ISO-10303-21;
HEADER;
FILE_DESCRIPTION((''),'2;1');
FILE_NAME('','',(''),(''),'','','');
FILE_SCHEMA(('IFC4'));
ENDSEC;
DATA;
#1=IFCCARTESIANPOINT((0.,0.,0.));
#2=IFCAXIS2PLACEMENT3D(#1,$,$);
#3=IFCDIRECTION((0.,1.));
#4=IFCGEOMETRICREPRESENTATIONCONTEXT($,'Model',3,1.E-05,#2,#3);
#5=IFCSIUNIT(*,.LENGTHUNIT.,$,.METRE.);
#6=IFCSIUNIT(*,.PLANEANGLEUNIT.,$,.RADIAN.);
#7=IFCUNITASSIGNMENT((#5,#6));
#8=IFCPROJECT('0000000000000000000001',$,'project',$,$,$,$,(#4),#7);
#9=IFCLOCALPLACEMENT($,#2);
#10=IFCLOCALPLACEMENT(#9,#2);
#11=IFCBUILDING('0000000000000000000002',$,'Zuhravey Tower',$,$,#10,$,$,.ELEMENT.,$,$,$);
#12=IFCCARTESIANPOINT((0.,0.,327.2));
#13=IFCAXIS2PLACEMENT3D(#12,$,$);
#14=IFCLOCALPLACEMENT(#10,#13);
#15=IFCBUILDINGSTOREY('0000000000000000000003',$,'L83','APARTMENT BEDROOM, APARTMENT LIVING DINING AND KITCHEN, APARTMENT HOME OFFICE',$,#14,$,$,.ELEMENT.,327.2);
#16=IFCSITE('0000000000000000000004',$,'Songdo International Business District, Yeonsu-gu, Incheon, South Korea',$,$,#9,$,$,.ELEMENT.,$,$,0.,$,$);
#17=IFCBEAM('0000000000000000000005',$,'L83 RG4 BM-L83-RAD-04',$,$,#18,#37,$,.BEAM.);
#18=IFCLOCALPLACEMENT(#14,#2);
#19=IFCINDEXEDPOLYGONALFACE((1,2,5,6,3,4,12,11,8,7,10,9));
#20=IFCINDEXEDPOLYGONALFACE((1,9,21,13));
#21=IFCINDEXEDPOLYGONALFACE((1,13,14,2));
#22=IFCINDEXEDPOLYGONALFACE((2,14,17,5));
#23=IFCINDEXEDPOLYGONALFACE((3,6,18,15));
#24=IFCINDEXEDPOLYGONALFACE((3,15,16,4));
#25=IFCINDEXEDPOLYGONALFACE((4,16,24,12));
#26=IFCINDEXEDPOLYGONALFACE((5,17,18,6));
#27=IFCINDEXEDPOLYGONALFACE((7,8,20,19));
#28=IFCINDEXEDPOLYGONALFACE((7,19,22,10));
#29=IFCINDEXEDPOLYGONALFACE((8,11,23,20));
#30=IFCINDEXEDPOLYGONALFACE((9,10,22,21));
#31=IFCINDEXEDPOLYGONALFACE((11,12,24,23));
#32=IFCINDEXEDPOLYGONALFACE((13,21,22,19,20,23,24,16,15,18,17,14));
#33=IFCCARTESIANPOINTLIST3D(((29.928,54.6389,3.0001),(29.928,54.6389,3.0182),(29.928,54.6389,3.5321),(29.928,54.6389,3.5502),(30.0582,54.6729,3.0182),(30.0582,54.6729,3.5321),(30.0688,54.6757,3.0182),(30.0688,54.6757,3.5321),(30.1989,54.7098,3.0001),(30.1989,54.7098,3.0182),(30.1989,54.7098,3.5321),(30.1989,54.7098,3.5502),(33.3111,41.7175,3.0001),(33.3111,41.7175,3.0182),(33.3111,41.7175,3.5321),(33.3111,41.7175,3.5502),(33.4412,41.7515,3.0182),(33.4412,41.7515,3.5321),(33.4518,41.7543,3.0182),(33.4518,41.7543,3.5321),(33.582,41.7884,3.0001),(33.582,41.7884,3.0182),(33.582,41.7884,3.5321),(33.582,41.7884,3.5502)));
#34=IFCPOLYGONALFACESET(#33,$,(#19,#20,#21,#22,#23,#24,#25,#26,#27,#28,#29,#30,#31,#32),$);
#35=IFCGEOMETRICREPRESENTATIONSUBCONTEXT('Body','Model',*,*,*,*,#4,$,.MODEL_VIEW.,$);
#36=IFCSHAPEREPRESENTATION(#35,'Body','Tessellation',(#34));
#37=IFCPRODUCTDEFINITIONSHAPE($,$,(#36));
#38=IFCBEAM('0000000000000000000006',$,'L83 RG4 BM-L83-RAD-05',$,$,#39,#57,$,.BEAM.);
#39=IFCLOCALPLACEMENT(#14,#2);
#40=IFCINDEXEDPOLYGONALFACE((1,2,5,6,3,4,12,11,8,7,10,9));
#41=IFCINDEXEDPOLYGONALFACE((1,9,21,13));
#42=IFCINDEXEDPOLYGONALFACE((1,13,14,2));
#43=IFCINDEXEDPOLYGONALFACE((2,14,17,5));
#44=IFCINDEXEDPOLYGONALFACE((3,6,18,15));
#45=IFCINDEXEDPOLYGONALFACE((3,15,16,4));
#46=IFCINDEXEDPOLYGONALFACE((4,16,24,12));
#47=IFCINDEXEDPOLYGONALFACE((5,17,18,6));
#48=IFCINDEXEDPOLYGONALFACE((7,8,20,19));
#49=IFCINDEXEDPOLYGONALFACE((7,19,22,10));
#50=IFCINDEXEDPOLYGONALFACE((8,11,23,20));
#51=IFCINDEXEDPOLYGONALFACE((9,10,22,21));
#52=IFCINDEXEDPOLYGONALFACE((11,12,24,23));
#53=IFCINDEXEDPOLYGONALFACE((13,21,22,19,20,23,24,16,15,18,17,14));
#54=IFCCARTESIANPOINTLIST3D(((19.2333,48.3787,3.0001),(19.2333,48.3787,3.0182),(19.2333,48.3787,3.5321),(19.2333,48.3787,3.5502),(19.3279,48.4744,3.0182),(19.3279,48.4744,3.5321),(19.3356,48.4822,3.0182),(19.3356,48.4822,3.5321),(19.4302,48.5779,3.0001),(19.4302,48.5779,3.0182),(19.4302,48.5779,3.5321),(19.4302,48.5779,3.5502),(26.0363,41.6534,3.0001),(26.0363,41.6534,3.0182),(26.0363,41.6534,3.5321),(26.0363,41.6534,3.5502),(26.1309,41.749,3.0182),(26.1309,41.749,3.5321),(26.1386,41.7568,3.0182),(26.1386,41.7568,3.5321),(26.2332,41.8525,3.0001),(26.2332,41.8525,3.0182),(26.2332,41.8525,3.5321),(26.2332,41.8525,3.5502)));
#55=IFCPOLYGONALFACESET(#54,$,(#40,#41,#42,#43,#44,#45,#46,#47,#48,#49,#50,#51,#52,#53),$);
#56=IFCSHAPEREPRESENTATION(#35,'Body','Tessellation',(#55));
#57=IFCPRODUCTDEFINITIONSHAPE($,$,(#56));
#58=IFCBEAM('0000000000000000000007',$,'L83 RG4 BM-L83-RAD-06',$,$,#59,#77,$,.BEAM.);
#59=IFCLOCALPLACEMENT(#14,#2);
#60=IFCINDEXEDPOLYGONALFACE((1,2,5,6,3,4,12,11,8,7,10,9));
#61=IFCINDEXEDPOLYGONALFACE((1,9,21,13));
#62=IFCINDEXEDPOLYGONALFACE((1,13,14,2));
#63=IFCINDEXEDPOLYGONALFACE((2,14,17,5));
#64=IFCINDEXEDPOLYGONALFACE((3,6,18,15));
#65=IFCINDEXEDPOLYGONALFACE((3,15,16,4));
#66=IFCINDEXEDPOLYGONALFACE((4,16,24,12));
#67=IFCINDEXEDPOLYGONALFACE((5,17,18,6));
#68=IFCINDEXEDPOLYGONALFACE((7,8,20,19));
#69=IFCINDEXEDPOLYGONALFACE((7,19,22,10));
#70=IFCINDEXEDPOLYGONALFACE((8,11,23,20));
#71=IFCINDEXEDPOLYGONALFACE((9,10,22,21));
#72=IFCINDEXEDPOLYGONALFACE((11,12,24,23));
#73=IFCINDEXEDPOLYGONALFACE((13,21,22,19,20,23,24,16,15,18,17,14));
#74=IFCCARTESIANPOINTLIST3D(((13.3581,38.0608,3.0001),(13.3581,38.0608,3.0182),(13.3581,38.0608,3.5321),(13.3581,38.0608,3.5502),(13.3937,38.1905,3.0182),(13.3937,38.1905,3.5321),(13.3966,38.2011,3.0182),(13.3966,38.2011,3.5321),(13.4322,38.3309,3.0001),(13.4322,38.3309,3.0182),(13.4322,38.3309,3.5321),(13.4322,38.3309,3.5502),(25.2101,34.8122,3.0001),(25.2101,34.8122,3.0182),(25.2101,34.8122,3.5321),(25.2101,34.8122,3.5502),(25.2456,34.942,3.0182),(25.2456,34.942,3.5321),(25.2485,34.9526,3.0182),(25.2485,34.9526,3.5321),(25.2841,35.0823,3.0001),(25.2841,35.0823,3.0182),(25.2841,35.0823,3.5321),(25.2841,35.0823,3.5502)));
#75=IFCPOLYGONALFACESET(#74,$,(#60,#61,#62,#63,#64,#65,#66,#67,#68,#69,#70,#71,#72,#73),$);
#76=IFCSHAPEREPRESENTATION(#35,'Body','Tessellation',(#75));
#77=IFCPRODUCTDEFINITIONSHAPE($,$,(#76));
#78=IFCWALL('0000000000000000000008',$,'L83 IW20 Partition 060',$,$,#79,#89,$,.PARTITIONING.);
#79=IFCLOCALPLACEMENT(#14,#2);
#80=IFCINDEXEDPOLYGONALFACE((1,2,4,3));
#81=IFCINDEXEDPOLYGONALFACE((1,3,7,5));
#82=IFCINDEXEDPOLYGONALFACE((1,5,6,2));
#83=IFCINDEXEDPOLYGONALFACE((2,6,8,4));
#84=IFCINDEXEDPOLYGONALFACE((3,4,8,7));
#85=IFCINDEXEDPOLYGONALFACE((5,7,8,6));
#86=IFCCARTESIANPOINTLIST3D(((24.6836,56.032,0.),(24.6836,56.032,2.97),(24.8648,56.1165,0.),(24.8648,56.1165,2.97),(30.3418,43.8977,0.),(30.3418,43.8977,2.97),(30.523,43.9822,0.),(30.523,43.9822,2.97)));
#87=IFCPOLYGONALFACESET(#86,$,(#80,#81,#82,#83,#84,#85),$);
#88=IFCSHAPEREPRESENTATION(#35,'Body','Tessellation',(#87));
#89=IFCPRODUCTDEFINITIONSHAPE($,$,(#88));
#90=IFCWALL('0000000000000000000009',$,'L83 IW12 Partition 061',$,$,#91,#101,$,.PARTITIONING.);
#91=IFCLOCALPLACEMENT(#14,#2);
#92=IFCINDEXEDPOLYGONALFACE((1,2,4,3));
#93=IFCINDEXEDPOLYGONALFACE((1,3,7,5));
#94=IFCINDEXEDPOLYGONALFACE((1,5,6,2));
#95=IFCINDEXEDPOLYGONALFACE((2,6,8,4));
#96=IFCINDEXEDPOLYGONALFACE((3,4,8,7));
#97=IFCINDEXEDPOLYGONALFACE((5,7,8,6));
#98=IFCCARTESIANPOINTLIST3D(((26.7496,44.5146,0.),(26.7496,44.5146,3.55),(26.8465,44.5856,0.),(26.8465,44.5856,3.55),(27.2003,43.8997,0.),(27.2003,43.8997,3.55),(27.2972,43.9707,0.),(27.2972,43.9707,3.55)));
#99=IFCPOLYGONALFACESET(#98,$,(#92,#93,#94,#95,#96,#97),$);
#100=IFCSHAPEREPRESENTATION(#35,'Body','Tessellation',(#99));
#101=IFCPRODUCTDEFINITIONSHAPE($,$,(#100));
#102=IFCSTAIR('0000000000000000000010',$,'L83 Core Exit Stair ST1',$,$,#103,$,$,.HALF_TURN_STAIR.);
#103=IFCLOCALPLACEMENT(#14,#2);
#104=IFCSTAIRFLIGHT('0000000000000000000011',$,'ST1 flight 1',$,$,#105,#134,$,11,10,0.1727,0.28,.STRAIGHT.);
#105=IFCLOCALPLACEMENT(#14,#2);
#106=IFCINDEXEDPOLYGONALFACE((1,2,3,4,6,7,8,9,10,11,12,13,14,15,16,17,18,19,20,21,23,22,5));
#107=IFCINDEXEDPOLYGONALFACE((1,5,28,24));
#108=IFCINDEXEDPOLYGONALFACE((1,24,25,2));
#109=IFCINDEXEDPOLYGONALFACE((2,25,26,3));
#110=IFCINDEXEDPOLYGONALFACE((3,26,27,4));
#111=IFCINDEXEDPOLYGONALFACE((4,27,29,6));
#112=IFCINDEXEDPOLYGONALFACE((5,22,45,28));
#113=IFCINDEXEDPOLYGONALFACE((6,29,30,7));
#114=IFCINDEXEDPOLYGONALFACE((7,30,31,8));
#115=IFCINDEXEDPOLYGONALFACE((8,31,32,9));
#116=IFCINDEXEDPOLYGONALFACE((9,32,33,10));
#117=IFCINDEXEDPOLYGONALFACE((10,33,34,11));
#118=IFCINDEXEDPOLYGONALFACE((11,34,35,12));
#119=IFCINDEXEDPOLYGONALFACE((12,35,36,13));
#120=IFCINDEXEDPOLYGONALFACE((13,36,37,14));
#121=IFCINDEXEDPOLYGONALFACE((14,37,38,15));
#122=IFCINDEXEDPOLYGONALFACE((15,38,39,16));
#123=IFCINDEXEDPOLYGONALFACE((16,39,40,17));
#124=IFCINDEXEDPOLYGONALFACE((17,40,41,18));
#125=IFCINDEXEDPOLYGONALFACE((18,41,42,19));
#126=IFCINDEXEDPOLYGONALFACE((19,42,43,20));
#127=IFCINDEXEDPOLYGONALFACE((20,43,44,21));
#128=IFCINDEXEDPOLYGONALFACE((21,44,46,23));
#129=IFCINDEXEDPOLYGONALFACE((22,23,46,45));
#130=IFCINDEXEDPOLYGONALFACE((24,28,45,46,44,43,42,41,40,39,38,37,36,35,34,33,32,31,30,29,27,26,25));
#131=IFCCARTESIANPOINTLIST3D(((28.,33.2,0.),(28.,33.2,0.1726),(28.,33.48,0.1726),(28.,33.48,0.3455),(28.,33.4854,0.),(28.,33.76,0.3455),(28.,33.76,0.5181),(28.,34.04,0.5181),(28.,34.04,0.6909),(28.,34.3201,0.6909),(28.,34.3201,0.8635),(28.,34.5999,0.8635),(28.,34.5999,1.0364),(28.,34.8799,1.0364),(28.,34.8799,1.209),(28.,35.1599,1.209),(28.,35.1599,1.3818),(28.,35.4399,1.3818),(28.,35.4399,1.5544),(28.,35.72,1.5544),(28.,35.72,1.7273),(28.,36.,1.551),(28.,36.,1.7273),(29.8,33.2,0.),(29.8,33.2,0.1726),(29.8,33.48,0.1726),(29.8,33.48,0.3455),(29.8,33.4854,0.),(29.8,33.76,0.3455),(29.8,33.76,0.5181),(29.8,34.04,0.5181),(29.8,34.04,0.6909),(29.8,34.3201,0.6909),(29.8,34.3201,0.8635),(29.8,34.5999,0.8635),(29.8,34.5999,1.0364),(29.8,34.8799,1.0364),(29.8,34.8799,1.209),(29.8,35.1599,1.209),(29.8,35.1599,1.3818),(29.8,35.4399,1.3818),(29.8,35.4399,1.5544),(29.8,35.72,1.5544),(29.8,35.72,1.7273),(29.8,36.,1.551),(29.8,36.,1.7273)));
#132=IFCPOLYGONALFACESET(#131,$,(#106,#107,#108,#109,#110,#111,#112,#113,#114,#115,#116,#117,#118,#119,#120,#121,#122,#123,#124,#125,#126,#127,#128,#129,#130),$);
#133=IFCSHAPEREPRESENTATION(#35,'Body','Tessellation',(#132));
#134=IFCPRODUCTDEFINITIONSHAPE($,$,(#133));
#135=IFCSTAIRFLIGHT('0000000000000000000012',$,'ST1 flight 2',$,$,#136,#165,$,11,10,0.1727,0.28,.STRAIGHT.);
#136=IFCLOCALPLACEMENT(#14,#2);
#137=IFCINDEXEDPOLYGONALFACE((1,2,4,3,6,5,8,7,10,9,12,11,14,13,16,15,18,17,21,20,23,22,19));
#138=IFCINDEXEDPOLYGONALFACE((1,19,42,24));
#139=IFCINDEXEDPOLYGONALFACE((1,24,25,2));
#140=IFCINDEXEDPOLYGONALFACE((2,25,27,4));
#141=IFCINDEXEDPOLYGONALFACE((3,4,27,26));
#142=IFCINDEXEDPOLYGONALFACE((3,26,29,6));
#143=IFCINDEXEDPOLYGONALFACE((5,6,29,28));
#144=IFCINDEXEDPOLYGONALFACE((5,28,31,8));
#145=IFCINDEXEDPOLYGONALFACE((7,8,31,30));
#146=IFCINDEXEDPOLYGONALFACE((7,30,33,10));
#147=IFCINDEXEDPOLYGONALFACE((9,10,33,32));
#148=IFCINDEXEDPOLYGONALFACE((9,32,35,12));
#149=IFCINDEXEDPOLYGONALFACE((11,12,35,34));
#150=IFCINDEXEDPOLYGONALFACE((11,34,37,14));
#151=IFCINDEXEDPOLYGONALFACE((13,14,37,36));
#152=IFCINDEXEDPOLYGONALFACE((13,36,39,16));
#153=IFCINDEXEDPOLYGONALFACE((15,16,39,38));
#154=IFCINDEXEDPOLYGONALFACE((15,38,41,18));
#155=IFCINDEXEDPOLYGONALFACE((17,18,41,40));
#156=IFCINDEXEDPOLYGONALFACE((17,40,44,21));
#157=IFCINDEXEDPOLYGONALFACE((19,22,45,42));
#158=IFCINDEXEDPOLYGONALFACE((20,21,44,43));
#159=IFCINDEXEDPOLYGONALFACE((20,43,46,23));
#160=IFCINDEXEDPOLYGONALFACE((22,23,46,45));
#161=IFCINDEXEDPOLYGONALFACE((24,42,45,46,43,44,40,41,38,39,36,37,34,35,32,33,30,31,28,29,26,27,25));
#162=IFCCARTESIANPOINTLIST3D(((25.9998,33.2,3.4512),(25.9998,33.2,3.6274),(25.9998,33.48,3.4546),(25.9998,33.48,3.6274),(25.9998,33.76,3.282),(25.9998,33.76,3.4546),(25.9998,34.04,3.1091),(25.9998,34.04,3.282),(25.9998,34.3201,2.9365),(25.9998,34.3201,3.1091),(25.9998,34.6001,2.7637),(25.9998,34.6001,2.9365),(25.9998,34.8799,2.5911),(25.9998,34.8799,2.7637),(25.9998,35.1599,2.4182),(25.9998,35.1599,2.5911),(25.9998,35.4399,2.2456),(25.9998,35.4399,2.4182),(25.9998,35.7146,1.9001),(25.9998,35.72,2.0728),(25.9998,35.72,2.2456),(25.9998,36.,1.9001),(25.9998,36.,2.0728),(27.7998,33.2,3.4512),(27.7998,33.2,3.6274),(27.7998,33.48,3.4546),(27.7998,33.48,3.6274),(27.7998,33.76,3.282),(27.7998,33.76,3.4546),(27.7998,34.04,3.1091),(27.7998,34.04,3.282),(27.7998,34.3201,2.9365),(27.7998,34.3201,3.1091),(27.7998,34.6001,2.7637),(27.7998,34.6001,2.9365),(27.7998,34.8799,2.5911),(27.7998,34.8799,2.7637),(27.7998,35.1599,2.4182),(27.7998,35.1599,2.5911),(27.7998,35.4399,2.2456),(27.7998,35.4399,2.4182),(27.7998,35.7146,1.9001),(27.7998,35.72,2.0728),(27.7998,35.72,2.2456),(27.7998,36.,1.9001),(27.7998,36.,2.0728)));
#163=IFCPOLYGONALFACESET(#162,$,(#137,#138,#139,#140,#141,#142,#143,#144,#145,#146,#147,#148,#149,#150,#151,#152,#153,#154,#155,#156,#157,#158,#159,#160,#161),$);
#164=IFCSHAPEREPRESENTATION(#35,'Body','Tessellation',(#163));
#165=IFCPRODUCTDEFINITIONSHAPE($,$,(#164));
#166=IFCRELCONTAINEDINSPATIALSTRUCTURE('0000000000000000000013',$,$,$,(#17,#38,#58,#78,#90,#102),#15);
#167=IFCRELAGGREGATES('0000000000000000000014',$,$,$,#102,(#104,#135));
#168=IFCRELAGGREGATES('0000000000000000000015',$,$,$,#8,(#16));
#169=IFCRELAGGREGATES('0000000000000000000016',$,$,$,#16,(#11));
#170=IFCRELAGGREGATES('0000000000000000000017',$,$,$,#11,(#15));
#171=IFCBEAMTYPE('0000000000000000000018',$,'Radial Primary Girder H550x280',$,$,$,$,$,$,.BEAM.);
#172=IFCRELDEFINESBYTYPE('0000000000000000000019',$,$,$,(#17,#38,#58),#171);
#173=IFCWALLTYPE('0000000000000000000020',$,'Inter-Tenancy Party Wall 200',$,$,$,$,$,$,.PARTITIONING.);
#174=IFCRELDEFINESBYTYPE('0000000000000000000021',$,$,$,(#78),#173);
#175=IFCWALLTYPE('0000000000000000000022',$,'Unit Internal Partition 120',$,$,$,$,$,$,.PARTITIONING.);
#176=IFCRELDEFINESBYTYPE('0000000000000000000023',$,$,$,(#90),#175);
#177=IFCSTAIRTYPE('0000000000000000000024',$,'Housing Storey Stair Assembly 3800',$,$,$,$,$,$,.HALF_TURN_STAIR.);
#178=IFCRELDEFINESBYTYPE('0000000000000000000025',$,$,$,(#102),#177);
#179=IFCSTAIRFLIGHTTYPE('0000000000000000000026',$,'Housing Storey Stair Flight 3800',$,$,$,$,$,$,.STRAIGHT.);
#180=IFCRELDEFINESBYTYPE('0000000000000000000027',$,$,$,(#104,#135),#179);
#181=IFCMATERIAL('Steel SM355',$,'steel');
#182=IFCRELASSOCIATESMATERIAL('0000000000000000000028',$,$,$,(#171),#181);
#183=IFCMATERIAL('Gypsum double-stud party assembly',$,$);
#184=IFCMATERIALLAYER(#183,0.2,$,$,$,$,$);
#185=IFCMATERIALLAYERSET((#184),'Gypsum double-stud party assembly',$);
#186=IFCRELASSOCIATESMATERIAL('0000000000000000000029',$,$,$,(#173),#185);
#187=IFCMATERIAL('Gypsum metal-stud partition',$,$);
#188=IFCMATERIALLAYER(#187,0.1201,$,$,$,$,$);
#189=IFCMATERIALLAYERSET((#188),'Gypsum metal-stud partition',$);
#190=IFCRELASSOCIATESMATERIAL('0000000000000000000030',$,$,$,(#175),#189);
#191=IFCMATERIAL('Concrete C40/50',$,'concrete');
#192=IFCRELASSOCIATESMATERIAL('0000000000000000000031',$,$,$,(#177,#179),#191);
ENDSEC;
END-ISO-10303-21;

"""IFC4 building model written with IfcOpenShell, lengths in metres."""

from ifc_helpers import new_model, si_unit, direction, frame, frame_2d, origin, origin_2d, place, context, subcontext, project, spatial, polyline, rectangle, i_section, outline, extrude, material, layer, layer_set, material_profile, profile_set, type_object, element, aggregate, save


model = new_model("IFC4")

# Units and contexts
model_context = context("Model", 3, precision=1e-05, world=origin(), true_north=direction((0.0, 1.0)))
body_context = subcontext(model_context, "Body", "Model", "MODEL_VIEW")
ifc_project = project(units=[si_unit("LENGTHUNIT", "METRE"), si_unit("PLANEANGLEUNIT", "RADIAN")], contexts=[model_context])

# Site, building, storey
site_placement = place(None, origin())
site = spatial("IfcSite", under=ifc_project, at=site_placement, Name="Songdo International Business District, Yeonsu-gu, Incheon, South Korea", CompositionType="ELEMENT", RefElevation=0.0)
building_placement = place(site_placement, origin())
building = spatial("IfcBuilding", under=site, at=building_placement, Name="Zuhravey Tower", CompositionType="ELEMENT")
storey_placement = place(building_placement, frame((0.0, 0.0, 327.2)))
storey = spatial("IfcBuildingStorey", under=building, at=storey_placement, Name="L83", Description="APARTMENT BEDROOM, APARTMENT LIVING DINING AND KITCHEN, APARTMENT HOME OFFICE", CompositionType="ELEMENT", Elevation=327.2)

# Beams
ifc_material_1 = material(Name="Steel SM355", Category="steel")
ifc_material_profile = material_profile(ifc_material_1, i_section(OverallWidth=0.28, OverallDepth=0.55, WebThickness=0.011, FlangeThickness=0.0181, at=origin_2d()), Name="H-550x280x11x18")
ifc_profile_set = profile_set([ifc_material_profile], Name="Steel SM355")
beam_type = type_object("IfcBeamType", Name="Radial Primary Girder H550x280", PredefinedType="BEAM", material=ifc_profile_set)
beam_1_placement = place(storey_placement, frame((33.4465, 41.7529, 3.2751), z_axis=(-0.253281, 0.967393, 0.0), x_axis=(-0.967393, -0.253281, 0.0)))
element("IfcBeam", 1, at=beam_1_placement, inside=storey, type_object=beam_type, Name="L83 RG4 BM-L83-RAD-04", PredefinedType="BEAM", context=body_context, shape_type="SweptSolid", body=[
    extrude(i_section(OverallWidth=0.28, OverallDepth=0.55, WebThickness=0.011, FlangeThickness=0.0181, at=origin_2d()), origin(), (0.0, 0.0, 1.0), 13.3569),
])
beam_2_placement = place(storey_placement, frame((26.1348, 41.7529, 3.2751), z_axis=(-0.711153, 0.703037, 0.0), x_axis=(-0.703037, -0.711153, 0.0)))
element("IfcBeam", 2, at=beam_2_placement, inside=storey, type_object=beam_type, Name="L83 RG4 BM-L83-RAD-05", PredefinedType="BEAM", context=body_context, shape_type="SweptSolid", body=[
    extrude(i_section(OverallWidth=0.28, OverallDepth=0.55, WebThickness=0.011, FlangeThickness=0.0181, at=origin_2d()), origin(), (0.0, 0.0, 1.0), 9.5662),
])
beam_3_placement = place(storey_placement, frame((25.2471, 34.9473, 3.2751), z_axis=(-0.964428, 0.264346, 0.0), x_axis=(-0.264346, -0.964428, 0.0)))
element("IfcBeam", 3, at=beam_3_placement, inside=storey, type_object=beam_type, Name="L83 RG4 BM-L83-RAD-06", PredefinedType="BEAM", context=body_context, shape_type="SweptSolid", body=[
    extrude(i_section(OverallWidth=0.28, OverallDepth=0.55, WebThickness=0.011, FlangeThickness=0.0181, at=origin_2d()), origin(), (0.0, 0.0, 1.0), 12.2891),
])

# Walls
ifc_material_2 = material(Name="Gypsum double-stud party assembly")
ifc_layer_1 = layer(ifc_material_2, 0.2)
ifc_layer_set_1 = layer_set([ifc_layer_1], Name="Gypsum double-stud party assembly")
wall_type_1 = type_object("IfcWallType", Name="Inter-Tenancy Party Wall 200", PredefinedType="PARTITIONING", material=ifc_layer_set_1)
wall_1_placement = place(storey_placement, frame((30.4324, 43.9399, 0.0), z_axis=(0.0, 0.0, 1.0), x_axis=(-0.422612, 0.906311, 0.0)))
element("IfcWall", 4, at=wall_1_placement, inside=storey, type_object=wall_type_1, Name="L83 IW20 Partition 060", PredefinedType="PARTITIONING", context=body_context, shape_type="SweptSolid", body=[
    extrude(rectangle(XDim=13.3887, YDim=0.2, at=frame_2d((6.6943, 0.0))), origin(), (0.0, 0.0, 1.0), 2.97),
])
ifc_material_3 = material(Name="Gypsum metal-stud partition")
ifc_layer_2 = layer(ifc_material_3, 0.1201)
ifc_layer_set_2 = layer_set([ifc_layer_2], Name="Gypsum metal-stud partition")
wall_type_2 = type_object("IfcWallType", Name="Unit Internal Partition 120", PredefinedType="PARTITIONING", material=ifc_layer_set_2)
wall_2_placement = place(storey_placement, frame((27.2488, 43.9351, 0.0), z_axis=(0.0, 0.0, 1.0), x_axis=(-0.5911, 0.806598, 0.0)))
element("IfcWall", 5, at=wall_2_placement, inside=storey, type_object=wall_type_2, Name="L83 IW12 Partition 061", PredefinedType="PARTITIONING", context=body_context, shape_type="SweptSolid", body=[
    extrude(rectangle(XDim=0.7625, YDim=0.1201, at=frame_2d((0.3813, 0.0))), origin(), (0.0, 0.0, 1.0), 3.55),
])

# Stair, stair flights
ifc_material_4 = material(Name="Concrete C40/50", Category="concrete")
stair_type = type_object("IfcStairType", Name="Housing Storey Stair Assembly 3800", PredefinedType="HALF_TURN_STAIR", material=ifc_material_4)
stair_1_placement = place(storey_placement, origin())
stair_1 = element("IfcStair", 6, at=stair_1_placement, inside=storey, type_object=stair_type, Name="L83 Core Exit Stair ST1", PredefinedType="HALF_TURN_STAIR")
stair_flight_type = type_object("IfcStairFlightType", Name="Housing Storey Stair Flight 3800", PredefinedType="STRAIGHT", material=ifc_material_4)
stair_flight_1_placement = place(storey_placement, frame((28.8999, 33.2, 0.0), z_axis=(0.0, 0.0, 1.0), x_axis=(0.0, 1.0, 0.0)))
stair_flight_1 = element("IfcStairFlight", 7, at=stair_flight_1_placement, type_object=stair_flight_type, Name="ST1 flight 1", NumberOfRisers=11, NumberOfTreads=10, PredefinedType="STRAIGHT", RiserHeight=0.1727, TreadLength=0.28, context=body_context, shape_type="SweptSolid", body=[
    extrude(outline(polyline([(0.0, 0.0), (0.0, 0.1726), (0.28, 0.1726), (0.28, 0.3455), (0.5601, 0.3455), (0.5601, 0.5181), (0.8401, 0.5181), (0.8401, 0.6909), (1.1201, 0.6909), (1.1201, 0.8635), (1.3999, 0.8635), (1.3999, 1.0364), (1.6799, 1.0364), (1.6799, 1.209), (1.96, 1.209), (1.96, 1.3818), (2.24, 1.3818), (2.24, 1.5544), (2.52, 1.5544), (2.52, 1.7273), (2.8, 1.7273), (2.8, 1.8999), (2.8, 1.551), (0.2854, 0.0), (0.0, 0.0)])), frame((0.0, 0.8999, 0.0), z_axis=(0.0, -1.0, 0.0), x_axis=(1.0, 0.0, 0.0)), (0.0, 0.0, 1.0), 1.8),
])
stair_flight_2_placement = place(storey_placement, frame((26.8999, 36.0, 1.9001), z_axis=(0.0, 0.0, 1.0), x_axis=(0.0, -1.0, 0.0)))
stair_flight_2 = element("IfcStairFlight", 8, at=stair_flight_2_placement, type_object=stair_flight_type, Name="ST1 flight 2", NumberOfRisers=11, NumberOfTreads=10, PredefinedType="STRAIGHT", RiserHeight=0.1727, TreadLength=0.28, context=body_context, shape_type="SweptSolid", body=[
    extrude(outline(polyline([(0.0, 0.0), (0.0, 0.1726), (0.28, 0.1726), (0.28, 0.3455), (0.5601, 0.3455), (0.5601, 0.5181), (0.8401, 0.5181), (0.8401, 0.6909), (1.1201, 0.6909), (1.1201, 0.8635), (1.3999, 0.8635), (1.3999, 1.0364), (1.6799, 1.0364), (1.6799, 1.209), (1.96, 1.209), (1.96, 1.3818), (2.24, 1.3818), (2.24, 1.5544), (2.52, 1.5544), (2.52, 1.7273), (2.8, 1.7273), (2.8, 1.8999), (2.8, 1.551), (0.2854, 0.0), (0.0, 0.0)])), frame((0.0, 0.8999, 0.0), z_axis=(0.0, -1.0, 0.0), x_axis=(1.0, 0.0, 0.0)), (0.0, 0.0, 1.0), 1.8),
])
aggregate(stair_1, [stair_flight_1, stair_flight_2])

save(model, "model.ifc")
